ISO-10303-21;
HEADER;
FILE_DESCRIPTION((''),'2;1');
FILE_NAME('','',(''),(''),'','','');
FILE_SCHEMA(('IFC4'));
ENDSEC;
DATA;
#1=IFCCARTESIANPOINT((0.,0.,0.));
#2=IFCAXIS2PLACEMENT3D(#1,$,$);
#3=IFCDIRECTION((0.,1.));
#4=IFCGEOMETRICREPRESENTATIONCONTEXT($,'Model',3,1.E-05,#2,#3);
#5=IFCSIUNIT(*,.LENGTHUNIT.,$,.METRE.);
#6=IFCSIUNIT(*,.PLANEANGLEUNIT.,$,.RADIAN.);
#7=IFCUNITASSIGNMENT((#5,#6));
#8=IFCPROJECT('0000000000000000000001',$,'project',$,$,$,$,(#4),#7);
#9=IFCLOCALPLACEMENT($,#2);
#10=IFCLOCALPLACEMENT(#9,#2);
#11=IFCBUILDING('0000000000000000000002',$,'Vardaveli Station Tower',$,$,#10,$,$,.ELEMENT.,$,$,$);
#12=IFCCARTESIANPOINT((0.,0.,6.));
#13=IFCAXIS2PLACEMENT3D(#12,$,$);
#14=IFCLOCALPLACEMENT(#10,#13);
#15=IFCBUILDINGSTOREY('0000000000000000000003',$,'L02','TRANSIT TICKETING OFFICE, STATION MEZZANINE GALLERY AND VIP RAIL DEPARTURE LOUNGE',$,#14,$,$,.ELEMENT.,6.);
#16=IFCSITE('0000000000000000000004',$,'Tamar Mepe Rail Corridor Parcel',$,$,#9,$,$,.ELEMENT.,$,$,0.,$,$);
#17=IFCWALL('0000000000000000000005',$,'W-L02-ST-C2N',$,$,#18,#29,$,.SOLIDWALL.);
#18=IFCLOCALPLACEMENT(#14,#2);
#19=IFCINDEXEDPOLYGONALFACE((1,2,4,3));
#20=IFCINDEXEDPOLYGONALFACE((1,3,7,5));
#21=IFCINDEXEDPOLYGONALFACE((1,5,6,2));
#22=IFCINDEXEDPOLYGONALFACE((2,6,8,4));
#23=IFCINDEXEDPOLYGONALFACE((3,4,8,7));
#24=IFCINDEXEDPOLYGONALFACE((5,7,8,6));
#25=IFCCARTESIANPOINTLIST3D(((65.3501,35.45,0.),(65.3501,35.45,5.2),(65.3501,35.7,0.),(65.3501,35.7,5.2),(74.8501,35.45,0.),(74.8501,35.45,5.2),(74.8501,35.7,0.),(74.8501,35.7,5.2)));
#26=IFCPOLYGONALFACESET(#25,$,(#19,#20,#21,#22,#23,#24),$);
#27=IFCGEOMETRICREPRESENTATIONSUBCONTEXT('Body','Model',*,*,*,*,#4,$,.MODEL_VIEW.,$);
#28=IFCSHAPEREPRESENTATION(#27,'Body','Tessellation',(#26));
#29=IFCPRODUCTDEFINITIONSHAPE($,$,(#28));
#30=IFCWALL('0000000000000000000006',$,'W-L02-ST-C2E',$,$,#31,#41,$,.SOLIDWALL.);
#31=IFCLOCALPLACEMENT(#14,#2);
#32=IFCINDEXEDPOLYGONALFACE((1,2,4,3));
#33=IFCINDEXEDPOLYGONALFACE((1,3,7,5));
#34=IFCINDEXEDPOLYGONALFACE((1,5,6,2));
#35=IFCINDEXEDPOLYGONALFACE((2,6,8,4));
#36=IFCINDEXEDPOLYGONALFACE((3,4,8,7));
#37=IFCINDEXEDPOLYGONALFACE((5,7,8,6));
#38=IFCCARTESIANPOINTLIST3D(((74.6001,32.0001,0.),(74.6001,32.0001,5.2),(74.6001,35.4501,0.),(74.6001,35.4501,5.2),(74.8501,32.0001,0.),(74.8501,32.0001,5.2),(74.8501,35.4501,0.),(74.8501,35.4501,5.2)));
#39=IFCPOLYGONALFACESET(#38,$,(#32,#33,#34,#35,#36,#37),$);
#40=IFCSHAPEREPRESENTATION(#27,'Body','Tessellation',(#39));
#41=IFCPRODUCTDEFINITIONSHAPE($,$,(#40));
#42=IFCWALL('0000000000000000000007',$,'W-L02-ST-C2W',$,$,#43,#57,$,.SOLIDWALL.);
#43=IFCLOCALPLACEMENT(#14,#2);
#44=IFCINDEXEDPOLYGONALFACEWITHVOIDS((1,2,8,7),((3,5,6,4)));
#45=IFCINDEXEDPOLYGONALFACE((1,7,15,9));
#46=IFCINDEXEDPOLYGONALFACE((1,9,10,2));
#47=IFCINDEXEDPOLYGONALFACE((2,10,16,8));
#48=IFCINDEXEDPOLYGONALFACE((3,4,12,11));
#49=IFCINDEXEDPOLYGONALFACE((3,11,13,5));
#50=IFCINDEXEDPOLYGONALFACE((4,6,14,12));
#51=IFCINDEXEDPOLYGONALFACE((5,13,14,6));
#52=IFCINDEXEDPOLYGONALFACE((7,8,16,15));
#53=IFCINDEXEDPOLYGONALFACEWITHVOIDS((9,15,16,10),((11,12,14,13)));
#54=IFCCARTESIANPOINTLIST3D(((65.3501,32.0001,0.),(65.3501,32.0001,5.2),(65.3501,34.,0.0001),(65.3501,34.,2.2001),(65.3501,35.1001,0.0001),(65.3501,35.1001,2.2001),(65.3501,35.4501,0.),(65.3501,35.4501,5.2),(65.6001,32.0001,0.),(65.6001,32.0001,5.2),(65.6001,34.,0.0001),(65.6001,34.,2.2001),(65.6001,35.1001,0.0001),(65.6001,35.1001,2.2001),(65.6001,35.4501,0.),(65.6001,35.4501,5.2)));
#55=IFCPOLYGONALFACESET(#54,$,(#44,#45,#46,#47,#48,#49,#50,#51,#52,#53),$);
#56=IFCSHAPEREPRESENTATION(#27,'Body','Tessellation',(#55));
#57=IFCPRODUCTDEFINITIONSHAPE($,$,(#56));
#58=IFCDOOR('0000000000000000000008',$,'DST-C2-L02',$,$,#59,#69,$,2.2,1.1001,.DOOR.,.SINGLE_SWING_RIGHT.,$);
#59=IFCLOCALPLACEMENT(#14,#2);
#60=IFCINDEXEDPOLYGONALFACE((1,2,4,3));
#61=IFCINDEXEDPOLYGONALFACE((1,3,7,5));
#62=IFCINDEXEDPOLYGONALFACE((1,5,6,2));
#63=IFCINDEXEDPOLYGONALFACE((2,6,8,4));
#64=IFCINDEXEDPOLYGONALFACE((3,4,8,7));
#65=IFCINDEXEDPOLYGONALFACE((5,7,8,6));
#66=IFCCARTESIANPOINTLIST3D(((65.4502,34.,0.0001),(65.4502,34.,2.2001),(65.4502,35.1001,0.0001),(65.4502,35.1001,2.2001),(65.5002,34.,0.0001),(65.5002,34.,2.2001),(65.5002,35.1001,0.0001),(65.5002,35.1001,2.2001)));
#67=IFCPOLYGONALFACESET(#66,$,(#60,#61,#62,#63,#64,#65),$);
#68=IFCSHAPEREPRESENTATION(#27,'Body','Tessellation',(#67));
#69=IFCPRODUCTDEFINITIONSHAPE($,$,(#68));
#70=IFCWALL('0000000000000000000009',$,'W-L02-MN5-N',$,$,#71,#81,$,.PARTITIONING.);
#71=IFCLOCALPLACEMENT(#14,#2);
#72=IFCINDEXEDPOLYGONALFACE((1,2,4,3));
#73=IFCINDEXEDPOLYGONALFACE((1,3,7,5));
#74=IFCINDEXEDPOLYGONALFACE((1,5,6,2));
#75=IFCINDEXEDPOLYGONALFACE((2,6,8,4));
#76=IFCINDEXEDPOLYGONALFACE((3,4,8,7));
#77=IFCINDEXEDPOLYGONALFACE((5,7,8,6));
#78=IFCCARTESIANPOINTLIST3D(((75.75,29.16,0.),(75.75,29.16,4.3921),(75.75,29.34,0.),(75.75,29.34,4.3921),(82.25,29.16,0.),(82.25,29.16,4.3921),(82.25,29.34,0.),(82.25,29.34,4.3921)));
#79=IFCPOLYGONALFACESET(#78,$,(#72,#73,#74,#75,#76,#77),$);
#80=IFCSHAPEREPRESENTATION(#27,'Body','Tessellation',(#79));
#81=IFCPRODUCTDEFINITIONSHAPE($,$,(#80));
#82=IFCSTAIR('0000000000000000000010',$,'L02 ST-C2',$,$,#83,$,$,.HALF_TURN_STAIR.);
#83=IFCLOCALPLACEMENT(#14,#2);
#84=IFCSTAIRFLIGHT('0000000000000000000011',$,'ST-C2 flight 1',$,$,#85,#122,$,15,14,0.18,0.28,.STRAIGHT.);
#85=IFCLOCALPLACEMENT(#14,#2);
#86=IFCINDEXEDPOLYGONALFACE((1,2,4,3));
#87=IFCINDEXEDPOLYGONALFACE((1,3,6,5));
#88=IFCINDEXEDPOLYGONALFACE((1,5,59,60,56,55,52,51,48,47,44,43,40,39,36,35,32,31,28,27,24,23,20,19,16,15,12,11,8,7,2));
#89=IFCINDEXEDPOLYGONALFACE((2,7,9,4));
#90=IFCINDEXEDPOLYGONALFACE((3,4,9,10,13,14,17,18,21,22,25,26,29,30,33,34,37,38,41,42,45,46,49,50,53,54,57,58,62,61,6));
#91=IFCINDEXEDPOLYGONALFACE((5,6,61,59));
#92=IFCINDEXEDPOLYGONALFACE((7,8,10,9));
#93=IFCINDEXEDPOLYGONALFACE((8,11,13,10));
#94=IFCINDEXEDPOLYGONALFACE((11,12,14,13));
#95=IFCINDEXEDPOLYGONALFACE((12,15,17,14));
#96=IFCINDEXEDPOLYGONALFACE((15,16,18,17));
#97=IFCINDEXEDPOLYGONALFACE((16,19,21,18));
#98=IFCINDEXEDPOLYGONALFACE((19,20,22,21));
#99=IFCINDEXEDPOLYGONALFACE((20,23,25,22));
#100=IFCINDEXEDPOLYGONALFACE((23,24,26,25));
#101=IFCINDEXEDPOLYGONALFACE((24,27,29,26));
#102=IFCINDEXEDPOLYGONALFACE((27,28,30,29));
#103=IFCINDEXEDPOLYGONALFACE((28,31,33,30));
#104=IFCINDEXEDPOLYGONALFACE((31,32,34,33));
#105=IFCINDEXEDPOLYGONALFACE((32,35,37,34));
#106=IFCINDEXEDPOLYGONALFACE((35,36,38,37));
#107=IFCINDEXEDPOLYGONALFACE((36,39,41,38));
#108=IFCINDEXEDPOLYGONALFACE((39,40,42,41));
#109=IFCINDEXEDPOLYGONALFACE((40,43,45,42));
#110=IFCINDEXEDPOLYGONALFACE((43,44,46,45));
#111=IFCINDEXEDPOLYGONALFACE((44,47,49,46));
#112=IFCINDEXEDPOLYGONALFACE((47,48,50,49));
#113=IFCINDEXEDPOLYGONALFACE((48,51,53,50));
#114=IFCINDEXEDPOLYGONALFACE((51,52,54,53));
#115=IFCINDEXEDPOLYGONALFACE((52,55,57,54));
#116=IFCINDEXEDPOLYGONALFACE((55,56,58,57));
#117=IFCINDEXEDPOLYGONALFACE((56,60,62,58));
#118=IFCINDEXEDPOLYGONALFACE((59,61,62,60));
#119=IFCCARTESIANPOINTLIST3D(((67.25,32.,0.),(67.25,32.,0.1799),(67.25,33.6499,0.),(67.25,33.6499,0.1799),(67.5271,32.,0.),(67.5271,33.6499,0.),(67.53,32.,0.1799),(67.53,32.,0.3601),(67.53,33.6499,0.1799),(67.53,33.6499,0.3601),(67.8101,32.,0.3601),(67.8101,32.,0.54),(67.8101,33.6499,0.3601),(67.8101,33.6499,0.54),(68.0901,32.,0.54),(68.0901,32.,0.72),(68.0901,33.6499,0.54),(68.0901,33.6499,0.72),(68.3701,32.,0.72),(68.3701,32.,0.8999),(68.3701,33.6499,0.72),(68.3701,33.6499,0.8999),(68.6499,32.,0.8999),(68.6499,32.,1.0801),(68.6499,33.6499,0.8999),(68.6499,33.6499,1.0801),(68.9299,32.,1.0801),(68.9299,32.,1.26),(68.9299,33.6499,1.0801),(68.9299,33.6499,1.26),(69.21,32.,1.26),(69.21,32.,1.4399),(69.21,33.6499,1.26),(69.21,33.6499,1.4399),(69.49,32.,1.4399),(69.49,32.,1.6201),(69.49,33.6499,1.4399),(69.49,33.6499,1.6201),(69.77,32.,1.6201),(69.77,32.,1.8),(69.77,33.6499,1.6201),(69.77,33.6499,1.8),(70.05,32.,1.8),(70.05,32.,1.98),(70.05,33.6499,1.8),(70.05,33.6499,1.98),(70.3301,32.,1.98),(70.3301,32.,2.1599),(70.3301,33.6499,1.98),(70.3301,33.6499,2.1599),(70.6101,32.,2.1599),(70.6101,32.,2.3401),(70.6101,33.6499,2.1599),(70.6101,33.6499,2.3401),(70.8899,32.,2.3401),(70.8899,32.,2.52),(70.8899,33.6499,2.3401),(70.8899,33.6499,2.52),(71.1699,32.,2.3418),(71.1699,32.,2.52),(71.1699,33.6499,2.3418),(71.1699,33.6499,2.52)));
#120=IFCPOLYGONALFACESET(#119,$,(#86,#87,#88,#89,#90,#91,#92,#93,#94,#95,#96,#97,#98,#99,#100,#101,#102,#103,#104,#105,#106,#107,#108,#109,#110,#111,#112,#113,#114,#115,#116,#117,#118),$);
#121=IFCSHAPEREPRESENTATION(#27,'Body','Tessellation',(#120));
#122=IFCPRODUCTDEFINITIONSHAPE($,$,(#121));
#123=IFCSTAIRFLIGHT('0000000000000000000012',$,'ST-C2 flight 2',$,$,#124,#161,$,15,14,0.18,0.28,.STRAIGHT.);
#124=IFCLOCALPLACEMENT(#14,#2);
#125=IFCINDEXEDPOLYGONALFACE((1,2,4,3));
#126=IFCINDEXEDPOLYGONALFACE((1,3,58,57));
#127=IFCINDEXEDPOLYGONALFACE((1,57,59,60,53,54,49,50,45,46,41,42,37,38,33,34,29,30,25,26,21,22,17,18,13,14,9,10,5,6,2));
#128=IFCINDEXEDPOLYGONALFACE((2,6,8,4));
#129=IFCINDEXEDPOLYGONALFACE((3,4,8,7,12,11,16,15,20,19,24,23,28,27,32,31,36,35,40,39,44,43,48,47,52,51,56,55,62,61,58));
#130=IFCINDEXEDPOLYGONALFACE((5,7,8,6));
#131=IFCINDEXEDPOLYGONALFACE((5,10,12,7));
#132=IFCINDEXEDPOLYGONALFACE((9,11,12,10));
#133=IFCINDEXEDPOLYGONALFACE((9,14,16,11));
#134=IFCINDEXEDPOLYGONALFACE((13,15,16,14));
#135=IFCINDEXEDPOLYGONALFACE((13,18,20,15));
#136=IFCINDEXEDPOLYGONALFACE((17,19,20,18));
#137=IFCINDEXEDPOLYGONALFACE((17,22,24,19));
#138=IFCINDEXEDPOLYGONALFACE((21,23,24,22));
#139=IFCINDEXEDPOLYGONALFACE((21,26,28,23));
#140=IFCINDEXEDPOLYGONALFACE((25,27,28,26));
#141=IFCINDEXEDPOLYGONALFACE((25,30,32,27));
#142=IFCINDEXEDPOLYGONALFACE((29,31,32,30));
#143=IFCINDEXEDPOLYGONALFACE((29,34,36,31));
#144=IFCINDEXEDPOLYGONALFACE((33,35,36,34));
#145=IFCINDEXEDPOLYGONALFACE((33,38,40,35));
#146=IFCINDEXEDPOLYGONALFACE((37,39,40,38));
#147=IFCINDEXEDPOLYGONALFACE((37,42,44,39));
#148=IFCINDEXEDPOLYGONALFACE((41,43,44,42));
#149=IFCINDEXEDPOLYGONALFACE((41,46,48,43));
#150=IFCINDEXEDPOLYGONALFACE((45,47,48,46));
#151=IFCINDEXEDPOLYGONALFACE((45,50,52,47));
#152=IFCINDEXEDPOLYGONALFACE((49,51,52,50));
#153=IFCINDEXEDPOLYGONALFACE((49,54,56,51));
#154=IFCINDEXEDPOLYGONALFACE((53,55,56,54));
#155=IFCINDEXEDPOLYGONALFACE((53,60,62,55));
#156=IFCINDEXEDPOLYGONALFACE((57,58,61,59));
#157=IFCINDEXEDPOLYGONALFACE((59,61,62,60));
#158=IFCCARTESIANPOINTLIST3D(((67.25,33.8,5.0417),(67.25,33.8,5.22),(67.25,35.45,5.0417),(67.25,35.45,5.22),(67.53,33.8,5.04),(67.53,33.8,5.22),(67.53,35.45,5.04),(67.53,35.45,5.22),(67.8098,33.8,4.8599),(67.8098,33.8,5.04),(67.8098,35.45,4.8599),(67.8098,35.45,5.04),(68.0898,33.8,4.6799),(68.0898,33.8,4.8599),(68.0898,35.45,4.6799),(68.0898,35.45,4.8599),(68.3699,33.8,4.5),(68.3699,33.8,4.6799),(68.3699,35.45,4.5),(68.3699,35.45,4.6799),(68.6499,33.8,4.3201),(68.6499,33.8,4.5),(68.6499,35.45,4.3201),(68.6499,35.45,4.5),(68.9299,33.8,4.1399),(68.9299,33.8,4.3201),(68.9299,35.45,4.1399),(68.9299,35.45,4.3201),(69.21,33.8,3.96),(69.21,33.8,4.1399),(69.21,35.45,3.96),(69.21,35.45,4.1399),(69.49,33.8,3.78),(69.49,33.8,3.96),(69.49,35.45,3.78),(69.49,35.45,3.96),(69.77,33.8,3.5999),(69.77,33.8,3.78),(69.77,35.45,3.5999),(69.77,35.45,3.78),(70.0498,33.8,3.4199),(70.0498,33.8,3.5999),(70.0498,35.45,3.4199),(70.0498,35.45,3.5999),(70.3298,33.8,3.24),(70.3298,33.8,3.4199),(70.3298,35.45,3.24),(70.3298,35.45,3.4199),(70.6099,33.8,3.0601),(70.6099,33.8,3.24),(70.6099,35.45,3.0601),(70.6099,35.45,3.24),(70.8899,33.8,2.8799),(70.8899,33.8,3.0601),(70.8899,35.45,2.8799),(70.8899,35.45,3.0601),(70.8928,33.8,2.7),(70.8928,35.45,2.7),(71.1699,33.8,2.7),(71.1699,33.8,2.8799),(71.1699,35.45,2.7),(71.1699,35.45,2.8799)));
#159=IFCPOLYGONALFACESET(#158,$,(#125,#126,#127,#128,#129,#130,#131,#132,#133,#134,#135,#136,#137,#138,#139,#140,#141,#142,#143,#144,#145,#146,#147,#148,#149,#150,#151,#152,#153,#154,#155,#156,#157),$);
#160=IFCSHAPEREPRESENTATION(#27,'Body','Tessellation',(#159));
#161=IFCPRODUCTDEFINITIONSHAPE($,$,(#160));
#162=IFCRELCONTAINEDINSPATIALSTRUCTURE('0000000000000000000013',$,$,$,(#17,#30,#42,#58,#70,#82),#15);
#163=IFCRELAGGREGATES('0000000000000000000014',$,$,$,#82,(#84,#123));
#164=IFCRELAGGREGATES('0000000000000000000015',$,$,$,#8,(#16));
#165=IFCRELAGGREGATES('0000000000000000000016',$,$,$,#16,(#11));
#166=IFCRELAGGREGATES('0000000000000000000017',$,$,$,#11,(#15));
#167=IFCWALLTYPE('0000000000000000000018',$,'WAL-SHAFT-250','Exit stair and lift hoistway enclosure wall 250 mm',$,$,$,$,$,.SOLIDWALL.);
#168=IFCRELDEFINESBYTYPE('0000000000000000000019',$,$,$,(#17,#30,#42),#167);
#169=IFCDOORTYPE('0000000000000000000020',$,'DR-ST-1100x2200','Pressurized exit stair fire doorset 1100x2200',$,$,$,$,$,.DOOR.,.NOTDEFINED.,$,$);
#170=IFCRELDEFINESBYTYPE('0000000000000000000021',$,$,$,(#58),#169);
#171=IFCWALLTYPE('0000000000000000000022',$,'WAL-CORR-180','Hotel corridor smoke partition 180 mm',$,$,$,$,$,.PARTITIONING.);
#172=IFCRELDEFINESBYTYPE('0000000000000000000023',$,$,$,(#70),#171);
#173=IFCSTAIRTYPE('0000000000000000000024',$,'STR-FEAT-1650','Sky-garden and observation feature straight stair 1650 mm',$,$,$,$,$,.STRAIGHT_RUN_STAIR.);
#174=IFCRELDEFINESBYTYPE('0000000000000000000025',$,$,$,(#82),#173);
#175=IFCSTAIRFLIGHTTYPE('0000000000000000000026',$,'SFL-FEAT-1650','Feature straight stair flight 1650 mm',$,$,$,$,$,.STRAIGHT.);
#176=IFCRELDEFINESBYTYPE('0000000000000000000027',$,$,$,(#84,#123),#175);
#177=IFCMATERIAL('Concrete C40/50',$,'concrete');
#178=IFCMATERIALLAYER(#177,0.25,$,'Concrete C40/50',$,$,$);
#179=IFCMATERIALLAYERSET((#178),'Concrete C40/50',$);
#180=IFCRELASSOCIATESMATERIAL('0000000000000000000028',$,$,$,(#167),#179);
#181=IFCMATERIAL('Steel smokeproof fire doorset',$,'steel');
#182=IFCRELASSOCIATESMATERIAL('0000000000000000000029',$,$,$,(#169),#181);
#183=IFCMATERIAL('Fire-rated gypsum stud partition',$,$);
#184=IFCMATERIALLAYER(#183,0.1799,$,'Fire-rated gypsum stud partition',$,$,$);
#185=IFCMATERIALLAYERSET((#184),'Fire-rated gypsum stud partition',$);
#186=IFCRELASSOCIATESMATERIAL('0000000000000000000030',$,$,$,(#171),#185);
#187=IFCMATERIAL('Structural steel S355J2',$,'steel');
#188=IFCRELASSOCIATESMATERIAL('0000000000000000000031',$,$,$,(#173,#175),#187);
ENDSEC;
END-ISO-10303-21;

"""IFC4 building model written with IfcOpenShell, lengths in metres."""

from ifc_helpers import new_model, si_unit, direction, frame, frame_2d, origin, place, context, subcontext, project, spatial, polyline, rectangle, outline, extrude, source, transform, mapped, material, layer, layer_set, type_object, element, fill, aggregate, save


model = new_model("IFC4")

# Units and contexts
model_context = context("Model", 3, precision=1e-05, world=origin(), true_north=direction((0.0, 1.0)))
body_context = subcontext(model_context, "Body", "Model", "MODEL_VIEW")
ifc_project = project(units=[si_unit("LENGTHUNIT", "METRE"), si_unit("PLANEANGLEUNIT", "RADIAN")], contexts=[model_context])

# Site, building, storey
site_placement = place(None, origin())
site = spatial("IfcSite", under=ifc_project, at=site_placement, Name="Tamar Mepe Rail Corridor Parcel", CompositionType="ELEMENT", RefElevation=0.0)
building_placement = place(site_placement, origin())
building = spatial("IfcBuilding", under=site, at=building_placement, Name="Vardaveli Station Tower", CompositionType="ELEMENT")
storey_placement = place(building_placement, frame((0.0, 0.0, 6.0)))
storey = spatial("IfcBuildingStorey", under=building, at=storey_placement, Name="L02", Description="TRANSIT TICKETING OFFICE, STATION MEZZANINE GALLERY AND VIP RAIL DEPARTURE LOUNGE", CompositionType="ELEMENT", Elevation=6.0)

# Shared definitions
ifc_material_1 = material(Name="Structural steel S355J2", Category="steel")

# Walls
ifc_material_2 = material(Name="Concrete C40/50", Category="concrete")
ifc_layer_1 = layer(ifc_material_2, 0.25, Name="Concrete C40/50")
ifc_layer_set_1 = layer_set([ifc_layer_1], Name="Concrete C40/50")
wall_type_1 = type_object("IfcWallType", Name="WAL-SHAFT-250", Description="Exit stair and lift hoistway enclosure wall 250 mm", PredefinedType="SOLIDWALL", material=ifc_layer_set_1)
shared_shape_1 = source(origin(), body_context, "Body", "SweptSolid", [
    extrude(rectangle(XDim=9.5, YDim=0.25, at=frame_2d((4.75, 0.0))), origin(), (0.0, 0.0, 1.0), 5.2),
])
wall_1_placement = place(storey_placement, frame((65.3501, 35.575, 0.0), z_axis=(0.0, 0.0, 1.0), x_axis=(1.0, 0.0, 0.0)))
element("IfcWall", 1, at=wall_1_placement, inside=storey, type_object=wall_type_1, Name="W-L02-ST-C2N", PredefinedType="SOLIDWALL", context=body_context, shape_type="MappedRepresentation", body=[
    mapped(shared_shape_1, transform((0.0, 0.0, 0.0), scale=1.0)),
])
shared_shape_2 = source(origin(), body_context, "Body", "SweptSolid", [
    extrude(rectangle(XDim=3.45, YDim=0.25, at=frame_2d((1.7251, 0.0))), origin(), (0.0, 0.0, 1.0), 5.2),
])
wall_2_placement = place(storey_placement, frame((74.7251, 32.0, 0.0), z_axis=(0.0, 0.0, 1.0), x_axis=(0.0, 1.0, 0.0)))
element("IfcWall", 2, at=wall_2_placement, inside=storey, type_object=wall_type_1, Name="W-L02-ST-C2E", PredefinedType="SOLIDWALL", context=body_context, shape_type="MappedRepresentation", body=[
    mapped(shared_shape_2, transform((0.0, 0.0, 0.0), scale=1.0)),
])

# Wall, opening, door
wall_3_placement = place(storey_placement, frame((65.4751, 32.0, 0.0), z_axis=(0.0, 0.0, 1.0), x_axis=(0.0, 1.0, 0.0)))
wall_3 = element("IfcWall", 3, at=wall_3_placement, inside=storey, type_object=wall_type_1, Name="W-L02-ST-C2W", PredefinedType="SOLIDWALL", context=body_context, shape_type="MappedRepresentation", body=[
    mapped(shared_shape_2, transform((0.0, 0.0, 0.0), scale=1.0)),
])
shared_shape_3 = source(origin(), body_context, "Body", "SweptSolid", [
    extrude(rectangle(XDim=1.1001, YDim=2.2, at=frame_2d((0.55, 1.1001))), frame((0.0, 0.135, 0.0), z_axis=(0.0, -1.0, 0.0), x_axis=(1.0, 0.0, 0.0)), (0.0, 0.0, 1.0), 0.27),
])
opening_1_placement = place(wall_3_placement, frame((2.0, 0.0, 0.0)))
opening_1 = element("IfcOpeningElement", 4, at=opening_1_placement, cuts=wall_3, PredefinedType="OPENING", context=body_context, shape_type="MappedRepresentation", body=[
    mapped(shared_shape_3, transform((0.0, 0.0, 0.0), scale=1.0)),
])
ifc_material_3 = material(Name="Steel smokeproof fire doorset", Category="steel")
door_type = type_object("IfcDoorType", Name="DR-ST-1100x2200", Description="Pressurized exit stair fire doorset 1100x2200", OperationType="NOTDEFINED", PredefinedType="DOOR", material=ifc_material_3)
shared_shape_4 = source(origin(), body_context, "Body", "SweptSolid", [
    extrude(rectangle(XDim=1.1001, YDim=2.2, at=frame_2d((0.55, 1.1001))), frame((0.0, 0.0249, 0.0), z_axis=(0.0, -1.0, 0.0), x_axis=(1.0, 0.0, 0.0)), (0.0, 0.0, 1.0), 0.05),
])
door_placement = place(opening_1_placement, origin())
door = element("IfcDoor", 5, at=door_placement, inside=storey, type_object=door_type, Name="DST-C2-L02", OperationType="SINGLE_SWING_RIGHT", OverallHeight=2.2, OverallWidth=1.1001, PredefinedType="DOOR", context=body_context, shape_type="MappedRepresentation", body=[
    mapped(shared_shape_4, transform((0.0, 0.0, 0.0), scale=1.0)),
])
fill(opening_1, door)

# Wall
ifc_material_4 = material(Name="Fire-rated gypsum stud partition")
ifc_layer_2 = layer(ifc_material_4, 0.1799, Name="Fire-rated gypsum stud partition")
ifc_layer_set_2 = layer_set([ifc_layer_2], Name="Fire-rated gypsum stud partition")
wall_type_2 = type_object("IfcWallType", Name="WAL-CORR-180", Description="Hotel corridor smoke partition 180 mm", PredefinedType="PARTITIONING", material=ifc_layer_set_2)
shared_shape_5 = source(origin(), body_context, "Body", "SweptSolid", [
    extrude(rectangle(XDim=6.5, YDim=0.1799, at=frame_2d((3.25, 0.0))), origin(), (0.0, 0.0, 1.0), 4.3921),
])
wall_4_placement = place(storey_placement, frame((75.75, 29.25, 0.0), z_axis=(0.0, 0.0, 1.0), x_axis=(1.0, 0.0, 0.0)))
element("IfcWall", 6, at=wall_4_placement, inside=storey, type_object=wall_type_2, Name="W-L02-MN5-N", PredefinedType="PARTITIONING", context=body_context, shape_type="MappedRepresentation", body=[
    mapped(shared_shape_5, transform((0.0, 0.0, 0.0), scale=1.0)),
])

# Stair, stair flights
stair_type = type_object("IfcStairType", Name="STR-FEAT-1650", Description="Sky-garden and observation feature straight stair 1650 mm", PredefinedType="STRAIGHT_RUN_STAIR", material=ifc_material_1)
stair_placement = place(storey_placement, origin())
stair = element("IfcStair", 7, at=stair_placement, inside=storey, type_object=stair_type, Name="L02 ST-C2", PredefinedType="HALF_TURN_STAIR")
stair_flight_type = type_object("IfcStairFlightType", Name="SFL-FEAT-1650", Description="Feature straight stair flight 1650 mm", PredefinedType="STRAIGHT", material=ifc_material_1)
shared_shape_6 = source(origin(), body_context, "Body", "SweptSolid", [
    extrude(outline(polyline([(0.0, 0.0), (0.0, 0.1799), (0.28, 0.1799), (0.28, 0.3601), (0.5601, 0.3601), (0.5601, 0.54), (0.8401, 0.54), (0.8401, 0.72), (1.1201, 0.72), (1.1201, 0.8999), (1.3999, 0.8999), (1.3999, 1.0801), (1.6799, 1.0801), (1.6799, 1.26), (1.96, 1.26), (1.96, 1.4399), (2.24, 1.4399), (2.24, 1.6201), (2.52, 1.6201), (2.52, 1.8), (2.8, 1.8), (2.8, 1.98), (3.0801, 1.98), (3.0801, 2.1599), (3.3601, 2.1599), (3.3601, 2.3401), (3.6399, 2.3401), (3.6399, 2.52), (3.9199, 2.52), (3.9199, 2.7), (3.9199, 2.3418), (0.2771, 0.0), (0.0, 0.0)])), frame((0.0, 0.825, 0.0), z_axis=(0.0, -1.0, 0.0), x_axis=(1.0, 0.0, 0.0)), (0.0, 0.0, 1.0), 1.6499),
])
stair_flight_1_placement = place(storey_placement, frame((67.25, 32.825, 0.0), z_axis=(0.0, 0.0, 1.0), x_axis=(1.0, 0.0, 0.0)))
stair_flight_1 = element("IfcStairFlight", 8, at=stair_flight_1_placement, type_object=stair_flight_type, Name="ST-C2 flight 1", NumberOfRisers=15, NumberOfTreads=14, PredefinedType="STRAIGHT", RiserHeight=0.18, TreadLength=0.28, context=body_context, shape_type="MappedRepresentation", body=[
    mapped(shared_shape_6, transform((0.0, 0.0, 0.0), scale=1.0)),
])
stair_flight_2_placement = place(storey_placement, frame((71.1699, 34.625, 2.7), z_axis=(0.0, 0.0, 1.0), x_axis=(-1.0, 0.0, 0.0)))
stair_flight_2 = element("IfcStairFlight", 9, at=stair_flight_2_placement, type_object=stair_flight_type, Name="ST-C2 flight 2", NumberOfRisers=15, NumberOfTreads=14, PredefinedType="STRAIGHT", RiserHeight=0.18, TreadLength=0.28, context=body_context, shape_type="MappedRepresentation", body=[
    mapped(shared_shape_6, transform((0.0, 0.0, 0.0), scale=1.0)),
])
aggregate(stair, [stair_flight_1, stair_flight_2])

save(model, "model.ifc")
